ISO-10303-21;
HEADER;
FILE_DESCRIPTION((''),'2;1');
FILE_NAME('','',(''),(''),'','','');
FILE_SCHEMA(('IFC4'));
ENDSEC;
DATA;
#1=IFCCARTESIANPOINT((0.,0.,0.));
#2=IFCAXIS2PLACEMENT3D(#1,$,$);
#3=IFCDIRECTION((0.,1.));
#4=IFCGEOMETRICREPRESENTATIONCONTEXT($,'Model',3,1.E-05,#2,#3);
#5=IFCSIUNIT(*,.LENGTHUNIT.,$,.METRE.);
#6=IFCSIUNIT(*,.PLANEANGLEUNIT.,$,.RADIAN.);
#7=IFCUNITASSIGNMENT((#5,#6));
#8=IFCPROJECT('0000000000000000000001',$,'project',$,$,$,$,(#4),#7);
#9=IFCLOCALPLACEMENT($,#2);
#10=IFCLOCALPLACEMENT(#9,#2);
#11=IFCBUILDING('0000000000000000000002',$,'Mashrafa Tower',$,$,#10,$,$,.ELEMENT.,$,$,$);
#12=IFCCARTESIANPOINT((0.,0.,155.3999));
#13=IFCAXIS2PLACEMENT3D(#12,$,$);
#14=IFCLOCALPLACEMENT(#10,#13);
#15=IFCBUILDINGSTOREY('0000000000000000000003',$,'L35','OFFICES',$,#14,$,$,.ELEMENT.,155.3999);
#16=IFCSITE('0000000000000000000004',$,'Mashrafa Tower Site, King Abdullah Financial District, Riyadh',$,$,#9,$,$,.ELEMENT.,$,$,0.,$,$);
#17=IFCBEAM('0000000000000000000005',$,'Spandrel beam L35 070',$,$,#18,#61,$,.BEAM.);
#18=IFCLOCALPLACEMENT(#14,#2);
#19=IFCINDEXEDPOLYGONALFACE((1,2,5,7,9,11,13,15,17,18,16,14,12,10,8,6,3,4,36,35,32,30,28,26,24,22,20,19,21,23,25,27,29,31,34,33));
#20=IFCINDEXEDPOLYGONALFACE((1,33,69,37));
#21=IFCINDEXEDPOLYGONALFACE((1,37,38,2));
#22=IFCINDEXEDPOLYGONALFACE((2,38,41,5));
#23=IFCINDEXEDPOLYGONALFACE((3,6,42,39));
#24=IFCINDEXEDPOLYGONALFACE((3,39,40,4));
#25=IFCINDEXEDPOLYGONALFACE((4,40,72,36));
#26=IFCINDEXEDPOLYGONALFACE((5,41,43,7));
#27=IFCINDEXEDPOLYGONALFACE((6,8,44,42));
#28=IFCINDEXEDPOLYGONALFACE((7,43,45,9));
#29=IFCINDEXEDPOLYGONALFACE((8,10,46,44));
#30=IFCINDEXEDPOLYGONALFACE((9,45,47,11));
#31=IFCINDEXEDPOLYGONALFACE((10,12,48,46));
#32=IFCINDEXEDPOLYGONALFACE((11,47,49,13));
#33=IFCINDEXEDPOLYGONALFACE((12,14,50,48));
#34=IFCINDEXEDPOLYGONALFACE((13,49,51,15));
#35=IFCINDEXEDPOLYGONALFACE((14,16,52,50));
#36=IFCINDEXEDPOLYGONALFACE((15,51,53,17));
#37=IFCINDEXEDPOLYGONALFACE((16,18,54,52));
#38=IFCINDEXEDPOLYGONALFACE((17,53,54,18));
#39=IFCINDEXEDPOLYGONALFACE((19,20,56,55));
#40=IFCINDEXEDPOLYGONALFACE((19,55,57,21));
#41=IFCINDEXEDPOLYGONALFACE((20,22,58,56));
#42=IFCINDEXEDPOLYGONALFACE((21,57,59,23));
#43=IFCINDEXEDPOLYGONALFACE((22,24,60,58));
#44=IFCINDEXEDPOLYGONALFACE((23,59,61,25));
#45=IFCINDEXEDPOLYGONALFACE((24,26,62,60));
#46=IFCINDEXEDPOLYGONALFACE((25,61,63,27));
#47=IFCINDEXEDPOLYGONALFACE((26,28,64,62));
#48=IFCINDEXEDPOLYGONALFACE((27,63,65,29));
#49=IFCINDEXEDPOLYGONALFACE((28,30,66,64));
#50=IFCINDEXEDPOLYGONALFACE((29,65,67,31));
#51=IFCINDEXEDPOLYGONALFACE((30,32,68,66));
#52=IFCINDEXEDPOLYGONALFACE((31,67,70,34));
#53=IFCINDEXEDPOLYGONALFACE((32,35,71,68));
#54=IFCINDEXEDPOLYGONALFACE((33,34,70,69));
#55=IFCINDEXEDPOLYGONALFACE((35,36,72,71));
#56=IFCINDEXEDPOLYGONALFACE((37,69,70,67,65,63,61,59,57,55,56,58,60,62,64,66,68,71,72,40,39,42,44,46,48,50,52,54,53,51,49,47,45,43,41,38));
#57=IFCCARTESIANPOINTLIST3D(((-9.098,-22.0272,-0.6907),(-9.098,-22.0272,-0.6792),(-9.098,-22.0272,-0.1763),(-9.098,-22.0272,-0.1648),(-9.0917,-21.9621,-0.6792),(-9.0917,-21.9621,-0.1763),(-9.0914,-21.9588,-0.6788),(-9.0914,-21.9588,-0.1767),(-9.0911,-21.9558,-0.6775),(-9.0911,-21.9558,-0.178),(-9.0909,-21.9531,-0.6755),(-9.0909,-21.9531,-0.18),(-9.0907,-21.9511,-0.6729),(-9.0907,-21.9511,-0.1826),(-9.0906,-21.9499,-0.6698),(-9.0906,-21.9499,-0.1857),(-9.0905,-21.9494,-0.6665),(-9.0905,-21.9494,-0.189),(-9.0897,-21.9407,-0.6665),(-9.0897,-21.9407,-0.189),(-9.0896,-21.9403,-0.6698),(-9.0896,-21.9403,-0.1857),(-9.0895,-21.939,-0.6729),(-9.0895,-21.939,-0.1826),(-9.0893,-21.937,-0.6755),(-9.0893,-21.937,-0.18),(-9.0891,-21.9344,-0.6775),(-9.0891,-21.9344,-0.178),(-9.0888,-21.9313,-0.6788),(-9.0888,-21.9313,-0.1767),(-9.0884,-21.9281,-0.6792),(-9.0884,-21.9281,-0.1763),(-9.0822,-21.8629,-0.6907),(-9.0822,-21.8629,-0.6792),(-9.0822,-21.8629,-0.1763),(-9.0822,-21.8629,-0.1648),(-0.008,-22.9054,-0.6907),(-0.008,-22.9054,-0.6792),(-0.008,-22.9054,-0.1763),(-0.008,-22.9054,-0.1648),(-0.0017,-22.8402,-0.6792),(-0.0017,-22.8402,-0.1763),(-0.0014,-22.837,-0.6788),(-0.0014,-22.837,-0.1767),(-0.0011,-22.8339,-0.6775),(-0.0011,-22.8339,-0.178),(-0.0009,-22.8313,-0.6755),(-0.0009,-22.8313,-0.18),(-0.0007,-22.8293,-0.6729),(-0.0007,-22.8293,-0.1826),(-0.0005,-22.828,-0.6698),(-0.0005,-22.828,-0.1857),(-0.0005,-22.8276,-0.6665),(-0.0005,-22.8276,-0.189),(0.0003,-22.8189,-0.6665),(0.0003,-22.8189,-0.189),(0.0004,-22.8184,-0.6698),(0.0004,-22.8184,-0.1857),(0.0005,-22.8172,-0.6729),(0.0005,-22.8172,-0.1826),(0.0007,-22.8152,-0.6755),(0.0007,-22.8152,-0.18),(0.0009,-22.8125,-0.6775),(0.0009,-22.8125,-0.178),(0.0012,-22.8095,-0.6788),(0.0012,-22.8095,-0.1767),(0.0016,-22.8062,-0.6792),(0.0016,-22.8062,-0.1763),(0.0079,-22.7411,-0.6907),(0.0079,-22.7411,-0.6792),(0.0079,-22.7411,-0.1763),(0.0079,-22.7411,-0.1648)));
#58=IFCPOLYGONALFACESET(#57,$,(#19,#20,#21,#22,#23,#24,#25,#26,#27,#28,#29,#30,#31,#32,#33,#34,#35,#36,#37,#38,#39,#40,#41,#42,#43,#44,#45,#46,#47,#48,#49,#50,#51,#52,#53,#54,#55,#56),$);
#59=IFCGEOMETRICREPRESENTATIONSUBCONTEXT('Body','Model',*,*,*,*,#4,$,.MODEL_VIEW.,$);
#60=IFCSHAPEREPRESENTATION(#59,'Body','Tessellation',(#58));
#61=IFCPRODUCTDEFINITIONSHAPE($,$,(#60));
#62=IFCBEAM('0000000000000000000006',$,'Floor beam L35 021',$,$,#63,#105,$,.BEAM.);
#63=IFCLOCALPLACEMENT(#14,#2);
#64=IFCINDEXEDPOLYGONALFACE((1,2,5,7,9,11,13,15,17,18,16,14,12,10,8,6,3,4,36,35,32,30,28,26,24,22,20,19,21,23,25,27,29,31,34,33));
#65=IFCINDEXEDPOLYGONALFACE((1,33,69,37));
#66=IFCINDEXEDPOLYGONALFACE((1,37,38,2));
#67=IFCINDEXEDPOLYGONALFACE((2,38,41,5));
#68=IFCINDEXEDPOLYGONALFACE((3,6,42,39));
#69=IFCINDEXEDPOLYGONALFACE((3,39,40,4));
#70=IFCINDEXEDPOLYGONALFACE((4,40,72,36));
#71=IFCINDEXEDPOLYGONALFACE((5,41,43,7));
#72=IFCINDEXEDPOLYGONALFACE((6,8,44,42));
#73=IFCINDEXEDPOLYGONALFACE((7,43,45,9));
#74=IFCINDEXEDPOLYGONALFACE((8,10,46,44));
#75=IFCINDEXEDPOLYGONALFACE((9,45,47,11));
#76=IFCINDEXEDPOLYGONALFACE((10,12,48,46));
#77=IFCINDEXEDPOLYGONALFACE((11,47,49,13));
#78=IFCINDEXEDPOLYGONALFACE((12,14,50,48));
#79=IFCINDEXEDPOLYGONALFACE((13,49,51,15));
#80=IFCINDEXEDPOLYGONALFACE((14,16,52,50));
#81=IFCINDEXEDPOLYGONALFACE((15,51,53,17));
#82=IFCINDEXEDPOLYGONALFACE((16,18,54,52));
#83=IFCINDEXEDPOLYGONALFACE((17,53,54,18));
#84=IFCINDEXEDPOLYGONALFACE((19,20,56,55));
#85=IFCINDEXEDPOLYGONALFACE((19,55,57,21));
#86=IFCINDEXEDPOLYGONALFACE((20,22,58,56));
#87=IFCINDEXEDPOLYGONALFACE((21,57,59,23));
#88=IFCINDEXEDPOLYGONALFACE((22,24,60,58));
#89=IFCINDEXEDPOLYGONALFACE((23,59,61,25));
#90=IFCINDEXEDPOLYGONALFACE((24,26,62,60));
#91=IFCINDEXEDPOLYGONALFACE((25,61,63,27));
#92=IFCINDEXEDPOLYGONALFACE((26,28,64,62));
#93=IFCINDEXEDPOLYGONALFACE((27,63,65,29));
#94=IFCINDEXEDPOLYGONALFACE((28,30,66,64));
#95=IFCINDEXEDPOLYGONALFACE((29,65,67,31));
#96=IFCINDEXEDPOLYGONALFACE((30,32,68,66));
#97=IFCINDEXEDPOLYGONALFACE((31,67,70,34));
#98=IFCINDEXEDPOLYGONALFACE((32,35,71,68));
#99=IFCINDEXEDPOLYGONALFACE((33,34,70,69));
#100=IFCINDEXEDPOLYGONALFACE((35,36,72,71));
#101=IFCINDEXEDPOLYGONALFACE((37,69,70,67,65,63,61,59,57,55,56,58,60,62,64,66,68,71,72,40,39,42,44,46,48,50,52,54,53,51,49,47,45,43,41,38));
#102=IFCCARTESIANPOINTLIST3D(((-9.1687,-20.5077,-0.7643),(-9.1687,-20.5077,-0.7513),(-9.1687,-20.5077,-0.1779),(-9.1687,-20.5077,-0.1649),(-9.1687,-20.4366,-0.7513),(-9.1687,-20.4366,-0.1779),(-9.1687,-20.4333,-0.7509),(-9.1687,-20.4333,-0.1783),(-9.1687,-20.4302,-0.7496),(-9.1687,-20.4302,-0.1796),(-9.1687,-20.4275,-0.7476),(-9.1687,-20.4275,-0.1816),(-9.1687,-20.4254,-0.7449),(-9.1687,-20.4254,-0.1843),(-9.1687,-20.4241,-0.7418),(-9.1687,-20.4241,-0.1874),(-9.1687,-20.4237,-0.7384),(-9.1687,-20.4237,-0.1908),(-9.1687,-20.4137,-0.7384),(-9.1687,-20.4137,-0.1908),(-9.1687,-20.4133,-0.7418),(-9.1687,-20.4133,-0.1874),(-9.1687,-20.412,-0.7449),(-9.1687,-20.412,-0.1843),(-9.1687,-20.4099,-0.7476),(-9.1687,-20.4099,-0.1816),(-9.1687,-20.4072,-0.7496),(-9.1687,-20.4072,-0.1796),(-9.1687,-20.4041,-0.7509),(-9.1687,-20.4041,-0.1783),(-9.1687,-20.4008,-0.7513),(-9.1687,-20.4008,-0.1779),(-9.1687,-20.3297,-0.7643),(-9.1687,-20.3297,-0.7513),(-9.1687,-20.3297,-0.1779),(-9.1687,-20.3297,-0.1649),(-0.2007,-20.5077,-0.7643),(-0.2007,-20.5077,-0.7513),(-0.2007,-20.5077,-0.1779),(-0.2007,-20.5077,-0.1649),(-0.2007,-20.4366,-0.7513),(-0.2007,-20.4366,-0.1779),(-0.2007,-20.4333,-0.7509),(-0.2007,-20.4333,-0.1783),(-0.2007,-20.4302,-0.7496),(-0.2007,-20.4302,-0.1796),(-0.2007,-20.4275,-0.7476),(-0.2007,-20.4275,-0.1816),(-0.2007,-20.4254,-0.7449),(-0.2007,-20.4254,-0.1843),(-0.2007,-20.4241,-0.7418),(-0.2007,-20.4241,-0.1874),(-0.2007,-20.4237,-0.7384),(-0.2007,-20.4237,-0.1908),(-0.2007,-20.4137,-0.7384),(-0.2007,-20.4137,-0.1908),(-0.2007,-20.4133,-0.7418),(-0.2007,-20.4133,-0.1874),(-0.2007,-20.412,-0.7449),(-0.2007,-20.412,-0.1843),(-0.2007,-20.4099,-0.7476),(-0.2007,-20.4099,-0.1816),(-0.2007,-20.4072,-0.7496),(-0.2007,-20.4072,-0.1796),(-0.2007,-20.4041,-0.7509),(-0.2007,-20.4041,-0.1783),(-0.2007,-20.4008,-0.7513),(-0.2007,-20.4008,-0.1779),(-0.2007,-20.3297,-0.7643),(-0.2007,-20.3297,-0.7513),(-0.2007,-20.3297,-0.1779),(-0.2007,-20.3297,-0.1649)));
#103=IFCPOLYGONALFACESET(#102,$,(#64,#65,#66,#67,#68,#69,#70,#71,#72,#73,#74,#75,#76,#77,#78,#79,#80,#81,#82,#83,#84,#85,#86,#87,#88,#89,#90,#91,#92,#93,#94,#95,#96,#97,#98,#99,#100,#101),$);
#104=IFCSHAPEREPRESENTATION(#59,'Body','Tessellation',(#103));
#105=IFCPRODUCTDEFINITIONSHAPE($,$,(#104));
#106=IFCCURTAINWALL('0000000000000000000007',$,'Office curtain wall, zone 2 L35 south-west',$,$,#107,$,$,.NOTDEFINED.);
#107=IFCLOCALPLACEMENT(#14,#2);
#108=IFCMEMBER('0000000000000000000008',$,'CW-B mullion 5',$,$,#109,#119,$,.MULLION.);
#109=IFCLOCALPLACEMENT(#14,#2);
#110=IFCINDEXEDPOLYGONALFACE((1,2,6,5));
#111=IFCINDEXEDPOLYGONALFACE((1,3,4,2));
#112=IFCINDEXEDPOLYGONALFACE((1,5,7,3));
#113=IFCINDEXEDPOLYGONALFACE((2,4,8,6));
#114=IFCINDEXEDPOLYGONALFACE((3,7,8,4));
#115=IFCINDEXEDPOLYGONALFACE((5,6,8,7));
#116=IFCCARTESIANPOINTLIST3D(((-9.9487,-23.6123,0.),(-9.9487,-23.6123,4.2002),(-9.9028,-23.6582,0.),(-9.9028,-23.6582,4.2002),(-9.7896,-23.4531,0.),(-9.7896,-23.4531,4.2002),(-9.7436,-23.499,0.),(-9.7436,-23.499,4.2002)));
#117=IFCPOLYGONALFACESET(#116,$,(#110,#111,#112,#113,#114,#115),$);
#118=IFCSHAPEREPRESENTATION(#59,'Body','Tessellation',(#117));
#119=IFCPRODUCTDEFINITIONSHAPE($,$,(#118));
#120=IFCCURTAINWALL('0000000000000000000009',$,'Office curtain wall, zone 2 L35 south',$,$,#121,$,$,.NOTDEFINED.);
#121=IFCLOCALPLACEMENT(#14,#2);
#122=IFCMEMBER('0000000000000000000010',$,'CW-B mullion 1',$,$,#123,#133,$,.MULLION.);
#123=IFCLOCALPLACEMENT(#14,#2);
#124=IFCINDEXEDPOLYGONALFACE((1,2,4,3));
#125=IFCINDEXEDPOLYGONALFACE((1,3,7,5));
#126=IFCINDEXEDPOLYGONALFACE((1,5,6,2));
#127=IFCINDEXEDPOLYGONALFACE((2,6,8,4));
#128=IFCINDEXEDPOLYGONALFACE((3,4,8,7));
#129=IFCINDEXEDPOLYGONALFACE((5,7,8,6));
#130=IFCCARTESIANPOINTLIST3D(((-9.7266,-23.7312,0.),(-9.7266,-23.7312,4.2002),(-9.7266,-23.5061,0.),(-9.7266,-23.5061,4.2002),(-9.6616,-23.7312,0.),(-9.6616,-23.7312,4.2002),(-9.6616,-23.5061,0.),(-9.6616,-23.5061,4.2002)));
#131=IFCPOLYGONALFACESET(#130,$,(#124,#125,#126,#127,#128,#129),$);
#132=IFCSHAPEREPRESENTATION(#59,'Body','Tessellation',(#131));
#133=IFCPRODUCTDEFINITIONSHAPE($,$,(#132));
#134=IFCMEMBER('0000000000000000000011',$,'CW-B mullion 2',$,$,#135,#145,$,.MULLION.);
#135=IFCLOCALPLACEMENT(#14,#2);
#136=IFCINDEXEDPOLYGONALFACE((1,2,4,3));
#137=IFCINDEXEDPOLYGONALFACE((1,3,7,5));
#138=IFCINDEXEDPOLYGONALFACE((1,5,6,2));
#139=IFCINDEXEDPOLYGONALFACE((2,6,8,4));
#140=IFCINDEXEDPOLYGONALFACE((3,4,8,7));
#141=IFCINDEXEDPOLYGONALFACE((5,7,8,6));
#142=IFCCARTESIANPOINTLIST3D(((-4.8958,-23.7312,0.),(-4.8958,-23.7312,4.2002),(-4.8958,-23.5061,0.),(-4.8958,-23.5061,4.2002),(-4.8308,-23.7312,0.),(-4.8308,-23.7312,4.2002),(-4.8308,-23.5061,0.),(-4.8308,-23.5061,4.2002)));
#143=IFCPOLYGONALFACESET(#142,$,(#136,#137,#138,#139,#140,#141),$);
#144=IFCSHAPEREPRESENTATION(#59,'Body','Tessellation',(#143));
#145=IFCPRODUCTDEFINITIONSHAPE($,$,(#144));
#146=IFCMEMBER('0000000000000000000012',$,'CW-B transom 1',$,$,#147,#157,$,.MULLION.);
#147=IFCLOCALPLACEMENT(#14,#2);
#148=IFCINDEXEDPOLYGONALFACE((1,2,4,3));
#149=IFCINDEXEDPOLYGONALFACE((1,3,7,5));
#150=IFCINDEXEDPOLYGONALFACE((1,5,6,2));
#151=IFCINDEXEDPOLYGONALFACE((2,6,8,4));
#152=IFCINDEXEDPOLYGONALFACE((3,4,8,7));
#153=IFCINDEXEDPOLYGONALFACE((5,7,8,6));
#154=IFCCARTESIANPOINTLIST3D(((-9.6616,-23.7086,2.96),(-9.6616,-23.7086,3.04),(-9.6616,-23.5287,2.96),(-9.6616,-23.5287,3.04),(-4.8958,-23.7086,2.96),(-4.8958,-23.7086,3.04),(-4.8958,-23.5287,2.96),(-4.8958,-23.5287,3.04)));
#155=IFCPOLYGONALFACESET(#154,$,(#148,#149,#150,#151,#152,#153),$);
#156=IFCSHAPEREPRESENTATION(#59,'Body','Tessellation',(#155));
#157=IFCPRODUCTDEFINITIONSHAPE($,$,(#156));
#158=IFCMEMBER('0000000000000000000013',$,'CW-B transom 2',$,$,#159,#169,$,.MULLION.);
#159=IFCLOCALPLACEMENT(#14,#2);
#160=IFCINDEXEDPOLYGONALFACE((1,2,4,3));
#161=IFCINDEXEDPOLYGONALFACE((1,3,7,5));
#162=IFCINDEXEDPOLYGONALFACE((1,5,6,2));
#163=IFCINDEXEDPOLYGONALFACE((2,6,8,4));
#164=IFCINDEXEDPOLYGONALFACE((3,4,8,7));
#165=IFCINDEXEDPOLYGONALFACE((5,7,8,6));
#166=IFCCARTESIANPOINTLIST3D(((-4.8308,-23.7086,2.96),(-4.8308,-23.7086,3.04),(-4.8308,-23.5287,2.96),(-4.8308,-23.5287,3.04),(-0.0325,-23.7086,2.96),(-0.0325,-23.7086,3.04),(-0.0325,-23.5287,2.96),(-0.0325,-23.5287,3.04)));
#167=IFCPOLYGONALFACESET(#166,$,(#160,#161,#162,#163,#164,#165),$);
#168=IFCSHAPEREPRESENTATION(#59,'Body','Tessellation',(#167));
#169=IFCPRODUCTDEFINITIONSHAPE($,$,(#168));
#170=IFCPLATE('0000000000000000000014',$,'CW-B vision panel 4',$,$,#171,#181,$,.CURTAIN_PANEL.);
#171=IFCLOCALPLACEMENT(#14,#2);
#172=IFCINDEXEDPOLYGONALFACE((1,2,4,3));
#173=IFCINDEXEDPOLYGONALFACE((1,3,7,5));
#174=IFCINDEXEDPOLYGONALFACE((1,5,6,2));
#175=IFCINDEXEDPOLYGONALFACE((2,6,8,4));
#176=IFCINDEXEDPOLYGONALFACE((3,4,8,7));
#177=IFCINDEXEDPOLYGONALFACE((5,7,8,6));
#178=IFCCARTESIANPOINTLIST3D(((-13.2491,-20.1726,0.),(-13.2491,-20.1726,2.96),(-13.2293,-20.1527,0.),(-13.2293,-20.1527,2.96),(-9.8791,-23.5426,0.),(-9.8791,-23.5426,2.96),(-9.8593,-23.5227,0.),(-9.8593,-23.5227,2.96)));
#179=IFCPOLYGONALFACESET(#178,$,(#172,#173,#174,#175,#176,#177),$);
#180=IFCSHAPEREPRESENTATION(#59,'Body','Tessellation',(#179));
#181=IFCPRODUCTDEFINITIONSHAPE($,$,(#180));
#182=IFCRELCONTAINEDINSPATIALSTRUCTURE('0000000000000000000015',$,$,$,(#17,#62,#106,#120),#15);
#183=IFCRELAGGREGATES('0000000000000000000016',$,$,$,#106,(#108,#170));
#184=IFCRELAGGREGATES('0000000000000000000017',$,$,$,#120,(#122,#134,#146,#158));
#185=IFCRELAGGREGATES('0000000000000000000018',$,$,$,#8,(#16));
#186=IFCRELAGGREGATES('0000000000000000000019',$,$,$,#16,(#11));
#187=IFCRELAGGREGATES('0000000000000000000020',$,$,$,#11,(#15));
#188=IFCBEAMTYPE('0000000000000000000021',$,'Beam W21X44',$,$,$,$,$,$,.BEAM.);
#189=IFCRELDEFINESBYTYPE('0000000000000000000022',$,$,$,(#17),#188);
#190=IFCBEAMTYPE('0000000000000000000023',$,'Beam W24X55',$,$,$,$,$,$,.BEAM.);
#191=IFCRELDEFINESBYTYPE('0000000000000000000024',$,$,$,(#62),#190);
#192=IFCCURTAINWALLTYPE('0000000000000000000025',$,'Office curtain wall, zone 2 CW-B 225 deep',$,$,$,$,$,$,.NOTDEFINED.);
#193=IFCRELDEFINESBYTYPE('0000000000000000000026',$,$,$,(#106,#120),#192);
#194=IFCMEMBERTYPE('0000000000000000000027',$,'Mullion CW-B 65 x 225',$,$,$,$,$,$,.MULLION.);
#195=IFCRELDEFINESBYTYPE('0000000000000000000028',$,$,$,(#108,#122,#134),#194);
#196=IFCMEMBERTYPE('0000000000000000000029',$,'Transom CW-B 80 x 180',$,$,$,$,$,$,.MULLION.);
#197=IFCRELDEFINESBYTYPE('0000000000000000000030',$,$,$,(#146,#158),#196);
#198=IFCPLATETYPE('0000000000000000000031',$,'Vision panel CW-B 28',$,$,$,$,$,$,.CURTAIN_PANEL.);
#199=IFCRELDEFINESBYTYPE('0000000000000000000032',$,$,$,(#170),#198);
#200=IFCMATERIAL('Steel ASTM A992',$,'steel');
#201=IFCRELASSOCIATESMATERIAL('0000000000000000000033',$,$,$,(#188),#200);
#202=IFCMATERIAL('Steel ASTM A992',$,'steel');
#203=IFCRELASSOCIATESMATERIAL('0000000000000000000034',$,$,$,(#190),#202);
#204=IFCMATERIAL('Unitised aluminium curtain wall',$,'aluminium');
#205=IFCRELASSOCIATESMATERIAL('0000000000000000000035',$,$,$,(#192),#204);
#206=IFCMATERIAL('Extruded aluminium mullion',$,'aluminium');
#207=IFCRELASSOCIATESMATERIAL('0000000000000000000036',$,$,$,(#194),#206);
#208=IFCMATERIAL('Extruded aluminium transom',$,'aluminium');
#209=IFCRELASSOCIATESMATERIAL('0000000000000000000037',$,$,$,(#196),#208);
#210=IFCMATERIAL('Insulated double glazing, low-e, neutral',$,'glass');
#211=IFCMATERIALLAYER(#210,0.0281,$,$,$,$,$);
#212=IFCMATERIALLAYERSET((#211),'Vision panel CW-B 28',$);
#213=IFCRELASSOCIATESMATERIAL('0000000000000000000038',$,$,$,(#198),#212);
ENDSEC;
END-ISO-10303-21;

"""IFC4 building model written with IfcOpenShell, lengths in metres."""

from ifc_helpers import new_model, si_unit, direction, frame, origin, origin_2d, place, context, subcontext, project, spatial, rectangle, i_section, extrude, source, transform, mapped, material, layer, layer_set, material_profile, profile_set, type_object, type_shapes, element, aggregate, save


model = new_model("IFC4")

# Units and contexts
model_context = context("Model", 3, precision=1e-05, world=origin(), true_north=direction((0.0, 1.0)))
body_context = subcontext(model_context, "Body", "Model", "MODEL_VIEW")
ifc_project = project(units=[si_unit("LENGTHUNIT", "METRE"), si_unit("PLANEANGLEUNIT", "RADIAN")], contexts=[model_context])

# Site, building, storey
site_placement = place(None, origin())
site = spatial("IfcSite", under=ifc_project, at=site_placement, Name="Mashrafa Tower Site, King Abdullah Financial District, Riyadh", CompositionType="ELEMENT", RefElevation=0.0)
building_placement = place(site_placement, origin())
building = spatial("IfcBuilding", under=site, at=building_placement, Name="Mashrafa Tower", CompositionType="ELEMENT")
storey_placement = place(building_placement, frame((0.0, 0.0, 155.3999)))
storey = spatial("IfcBuildingStorey", under=building, at=storey_placement, Name="L35", Description="OFFICES", CompositionType="ELEMENT", Elevation=155.3999)

# Beams
ifc_material_1 = material(Name="Steel ASTM A992", Category="steel")
ifc_material_profile_1 = material_profile(ifc_material_1, i_section(OverallWidth=0.165, OverallDepth=0.5259, WebThickness=0.0088, FlangeThickness=0.0115, FilletRadius=0.0127, at=origin_2d()), Name="W21X44")
ifc_profile_set_1 = profile_set([ifc_material_profile_1], Name="Steel ASTM A992")
beam_type_1 = type_object("IfcBeamType", Name="Beam W21X44", PredefinedType="BEAM", material=ifc_profile_set_1)
beam_1_placement = place(storey_placement, frame((-9.0901, -21.9451, -0.4277), z_axis=(0.995366, -0.09616, 0.0), x_axis=(0.09616, 0.995366, 0.0)))
element("IfcBeam", 1, at=beam_1_placement, inside=storey, type_object=beam_type_1, Name="Spandrel beam L35 070", PredefinedType="BEAM", context=body_context, shape_type="SweptSolid", body=[
    extrude(i_section(OverallWidth=0.165, OverallDepth=0.5259, WebThickness=0.0088, FlangeThickness=0.0115, FilletRadius=0.0127, at=origin_2d()), origin(), (0.0, 0.0, 1.0), 9.1323),
])
ifc_material_2 = material(Name="Steel ASTM A992", Category="steel")
ifc_material_profile_2 = material_profile(ifc_material_2, i_section(OverallWidth=0.178, OverallDepth=0.5994, WebThickness=0.01, FlangeThickness=0.0129, FilletRadius=0.0129, at=origin_2d()), Name="W24X55")
ifc_profile_set_2 = profile_set([ifc_material_profile_2], Name="Steel ASTM A992")
beam_type_2 = type_object("IfcBeamType", Name="Beam W24X55", PredefinedType="BEAM", material=ifc_profile_set_2)
beam_2_placement = place(storey_placement, frame((-0.2007, -20.4187, -0.4646), z_axis=(-1.0, 0.0, 0.0), x_axis=(0.0, -1.0, 0.0)))
element("IfcBeam", 2, at=beam_2_placement, inside=storey, type_object=beam_type_2, Name="Floor beam L35 021", PredefinedType="BEAM", context=body_context, shape_type="SweptSolid", body=[
    extrude(i_section(OverallWidth=0.178, OverallDepth=0.5994, WebThickness=0.01, FlangeThickness=0.0129, FilletRadius=0.0129, at=origin_2d()), origin(), (0.0, 0.0, 1.0), 8.968),
])

# Curtain wall, member
ifc_material_3 = material(Name="Unitised aluminium curtain wall", Category="aluminium")
curtain_wall_type = type_object("IfcCurtainWallType", Name="Office curtain wall, zone 2 CW-B 225 deep", PredefinedType="NOTDEFINED", material=ifc_material_3)
curtain_wall_1_placement = place(storey_placement, origin())
curtain_wall_1 = element("IfcCurtainWall", 3, at=curtain_wall_1_placement, inside=storey, type_object=curtain_wall_type, Name="Office curtain wall, zone 2 L35 south-west", PredefinedType="NOTDEFINED")
ifc_material_4 = material(Name="Extruded aluminium mullion", Category="aluminium")
ifc_material_profile_3 = material_profile(ifc_material_4, rectangle(XDim=0.2251, YDim=0.0649, at=origin_2d()), Name="Mullion 65x225")
ifc_profile_set_3 = profile_set([ifc_material_profile_3], Name="Extruded aluminium mullion")
member_type_1 = type_object("IfcMemberType", Name="Mullion CW-B 65 x 225", PredefinedType="MULLION", material=ifc_profile_set_3)
shared_shape_1 = source(origin(), body_context, "Body", "SweptSolid", [
    extrude(rectangle(XDim=0.2251, YDim=0.0649, at=origin_2d()), origin(), (0.0, 0.0, 1.0), 4.2002),
])
type_shapes(member_type_1, [shared_shape_1])
member_1_placement = place(storey_placement, frame((-9.8462, -23.5557, 0.0), z_axis=(0.0, 0.0, 1.0), x_axis=(0.707107, 0.707107, 0.0)))
member_1 = element("IfcMember", 4, at=member_1_placement, type_object=member_type_1, Name="CW-B mullion 5", PredefinedType="MULLION", context=body_context, shape_type="MappedRepresentation", body=[
    mapped(shared_shape_1, transform((0.0, 0.0, 0.0))),
])

# Curtain wall, members
curtain_wall_2_placement = place(storey_placement, origin())
curtain_wall_2 = element("IfcCurtainWall", 5, at=curtain_wall_2_placement, inside=storey, type_object=curtain_wall_type, Name="Office curtain wall, zone 2 L35 south", PredefinedType="NOTDEFINED")
member_2_placement = place(storey_placement, frame((-9.6941, -23.6187, 0.0), z_axis=(0.0, 0.0, 1.0), x_axis=(0.0, 1.0, 0.0)))
member_2 = element("IfcMember", 6, at=member_2_placement, type_object=member_type_1, Name="CW-B mullion 1", PredefinedType="MULLION", context=body_context, shape_type="MappedRepresentation", body=[
    mapped(shared_shape_1, transform((0.0, 0.0, 0.0))),
])
member_3_placement = place(storey_placement, frame((-4.8633, -23.6187, 0.0), z_axis=(0.0, 0.0, 1.0), x_axis=(0.0, 1.0, 0.0)))
member_3 = element("IfcMember", 7, at=member_3_placement, type_object=member_type_1, Name="CW-B mullion 2", PredefinedType="MULLION", context=body_context, shape_type="MappedRepresentation", body=[
    mapped(shared_shape_1, transform((0.0, 0.0, 0.0))),
])
ifc_material_5 = material(Name="Extruded aluminium transom", Category="aluminium")
ifc_material_profile_4 = material_profile(ifc_material_5, rectangle(XDim=0.1799, YDim=0.0801, at=origin_2d()), Name="Transom 80x180")
ifc_profile_set_4 = profile_set([ifc_material_profile_4], Name="Extruded aluminium transom")
member_type_2 = type_object("IfcMemberType", Name="Transom CW-B 80 x 180", PredefinedType="MULLION", material=ifc_profile_set_4)
shared_shape_2 = source(origin(), body_context, "Body", "SweptSolid", [
    extrude(rectangle(XDim=0.1799, YDim=0.0801, at=origin_2d()), origin(), (0.0, 0.0, 1.0), 4.7659),
])
member_4_placement = place(storey_placement, frame((-9.6616, -23.6187, 3.0), z_axis=(1.0, 0.0, 0.0), x_axis=(0.0, 1.0, 0.0)))
member_4 = element("IfcMember", 8, at=member_4_placement, type_object=member_type_2, Name="CW-B transom 1", PredefinedType="MULLION", context=body_context, shape_type="MappedRepresentation", body=[
    mapped(shared_shape_2, transform((0.0, 0.0, 0.0))),
])
shared_shape_3 = source(origin(), body_context, "Body", "SweptSolid", [
    extrude(rectangle(XDim=0.1799, YDim=0.0801, at=origin_2d()), origin(), (0.0, 0.0, 1.0), 4.7983),
])
type_shapes(member_type_2, [shared_shape_2, shared_shape_3])
member_5_placement = place(storey_placement, frame((-4.8308, -23.6187, 3.0), z_axis=(1.0, 0.0, 0.0), x_axis=(0.0, 1.0, 0.0)))
member_5 = element("IfcMember", 9, at=member_5_placement, type_object=member_type_2, Name="CW-B transom 2", PredefinedType="MULLION", context=body_context, shape_type="MappedRepresentation", body=[
    mapped(shared_shape_3, transform((0.0, 0.0, 0.0))),
])

# Plate
ifc_material_6 = material(Name="Insulated double glazing, low-e, neutral", Category="glass")
ifc_layer_1 = layer(ifc_material_6, 0.0281)
ifc_layer_set_1 = layer_set([ifc_layer_1], Name="Vision panel CW-B 28")
plate_type_1 = type_object("IfcPlateType", Name="Vision panel CW-B 28", PredefinedType="CURTAIN_PANEL", material=ifc_layer_set_1)
shared_shape_4 = source(origin(), body_context, "Body", "SweptSolid", [
    extrude(rectangle(XDim=4.7659, YDim=0.0281, at=origin_2d()), origin(), (0.0, 0.0, 1.0), 2.96),
])
plate_1_placement = place(storey_placement, frame((-11.5542, -21.8477, 0.0), z_axis=(0.0, 0.0, 1.0), x_axis=(0.707107, -0.707107, 0.0)))
plate_1 = element("IfcPlate", 10, at=plate_1_placement, type_object=plate_type_1, Name="CW-B vision panel 4", PredefinedType="CURTAIN_PANEL", context=body_context, shape_type="MappedRepresentation", body=[
    mapped(shared_shape_4, transform((0.0, 0.0, 0.0))),
])
aggregate(curtain_wall_1, [member_1, plate_1])
aggregate(curtain_wall_2, [member_2, member_3, member_4, member_5])

save(model, "model.ifc")
